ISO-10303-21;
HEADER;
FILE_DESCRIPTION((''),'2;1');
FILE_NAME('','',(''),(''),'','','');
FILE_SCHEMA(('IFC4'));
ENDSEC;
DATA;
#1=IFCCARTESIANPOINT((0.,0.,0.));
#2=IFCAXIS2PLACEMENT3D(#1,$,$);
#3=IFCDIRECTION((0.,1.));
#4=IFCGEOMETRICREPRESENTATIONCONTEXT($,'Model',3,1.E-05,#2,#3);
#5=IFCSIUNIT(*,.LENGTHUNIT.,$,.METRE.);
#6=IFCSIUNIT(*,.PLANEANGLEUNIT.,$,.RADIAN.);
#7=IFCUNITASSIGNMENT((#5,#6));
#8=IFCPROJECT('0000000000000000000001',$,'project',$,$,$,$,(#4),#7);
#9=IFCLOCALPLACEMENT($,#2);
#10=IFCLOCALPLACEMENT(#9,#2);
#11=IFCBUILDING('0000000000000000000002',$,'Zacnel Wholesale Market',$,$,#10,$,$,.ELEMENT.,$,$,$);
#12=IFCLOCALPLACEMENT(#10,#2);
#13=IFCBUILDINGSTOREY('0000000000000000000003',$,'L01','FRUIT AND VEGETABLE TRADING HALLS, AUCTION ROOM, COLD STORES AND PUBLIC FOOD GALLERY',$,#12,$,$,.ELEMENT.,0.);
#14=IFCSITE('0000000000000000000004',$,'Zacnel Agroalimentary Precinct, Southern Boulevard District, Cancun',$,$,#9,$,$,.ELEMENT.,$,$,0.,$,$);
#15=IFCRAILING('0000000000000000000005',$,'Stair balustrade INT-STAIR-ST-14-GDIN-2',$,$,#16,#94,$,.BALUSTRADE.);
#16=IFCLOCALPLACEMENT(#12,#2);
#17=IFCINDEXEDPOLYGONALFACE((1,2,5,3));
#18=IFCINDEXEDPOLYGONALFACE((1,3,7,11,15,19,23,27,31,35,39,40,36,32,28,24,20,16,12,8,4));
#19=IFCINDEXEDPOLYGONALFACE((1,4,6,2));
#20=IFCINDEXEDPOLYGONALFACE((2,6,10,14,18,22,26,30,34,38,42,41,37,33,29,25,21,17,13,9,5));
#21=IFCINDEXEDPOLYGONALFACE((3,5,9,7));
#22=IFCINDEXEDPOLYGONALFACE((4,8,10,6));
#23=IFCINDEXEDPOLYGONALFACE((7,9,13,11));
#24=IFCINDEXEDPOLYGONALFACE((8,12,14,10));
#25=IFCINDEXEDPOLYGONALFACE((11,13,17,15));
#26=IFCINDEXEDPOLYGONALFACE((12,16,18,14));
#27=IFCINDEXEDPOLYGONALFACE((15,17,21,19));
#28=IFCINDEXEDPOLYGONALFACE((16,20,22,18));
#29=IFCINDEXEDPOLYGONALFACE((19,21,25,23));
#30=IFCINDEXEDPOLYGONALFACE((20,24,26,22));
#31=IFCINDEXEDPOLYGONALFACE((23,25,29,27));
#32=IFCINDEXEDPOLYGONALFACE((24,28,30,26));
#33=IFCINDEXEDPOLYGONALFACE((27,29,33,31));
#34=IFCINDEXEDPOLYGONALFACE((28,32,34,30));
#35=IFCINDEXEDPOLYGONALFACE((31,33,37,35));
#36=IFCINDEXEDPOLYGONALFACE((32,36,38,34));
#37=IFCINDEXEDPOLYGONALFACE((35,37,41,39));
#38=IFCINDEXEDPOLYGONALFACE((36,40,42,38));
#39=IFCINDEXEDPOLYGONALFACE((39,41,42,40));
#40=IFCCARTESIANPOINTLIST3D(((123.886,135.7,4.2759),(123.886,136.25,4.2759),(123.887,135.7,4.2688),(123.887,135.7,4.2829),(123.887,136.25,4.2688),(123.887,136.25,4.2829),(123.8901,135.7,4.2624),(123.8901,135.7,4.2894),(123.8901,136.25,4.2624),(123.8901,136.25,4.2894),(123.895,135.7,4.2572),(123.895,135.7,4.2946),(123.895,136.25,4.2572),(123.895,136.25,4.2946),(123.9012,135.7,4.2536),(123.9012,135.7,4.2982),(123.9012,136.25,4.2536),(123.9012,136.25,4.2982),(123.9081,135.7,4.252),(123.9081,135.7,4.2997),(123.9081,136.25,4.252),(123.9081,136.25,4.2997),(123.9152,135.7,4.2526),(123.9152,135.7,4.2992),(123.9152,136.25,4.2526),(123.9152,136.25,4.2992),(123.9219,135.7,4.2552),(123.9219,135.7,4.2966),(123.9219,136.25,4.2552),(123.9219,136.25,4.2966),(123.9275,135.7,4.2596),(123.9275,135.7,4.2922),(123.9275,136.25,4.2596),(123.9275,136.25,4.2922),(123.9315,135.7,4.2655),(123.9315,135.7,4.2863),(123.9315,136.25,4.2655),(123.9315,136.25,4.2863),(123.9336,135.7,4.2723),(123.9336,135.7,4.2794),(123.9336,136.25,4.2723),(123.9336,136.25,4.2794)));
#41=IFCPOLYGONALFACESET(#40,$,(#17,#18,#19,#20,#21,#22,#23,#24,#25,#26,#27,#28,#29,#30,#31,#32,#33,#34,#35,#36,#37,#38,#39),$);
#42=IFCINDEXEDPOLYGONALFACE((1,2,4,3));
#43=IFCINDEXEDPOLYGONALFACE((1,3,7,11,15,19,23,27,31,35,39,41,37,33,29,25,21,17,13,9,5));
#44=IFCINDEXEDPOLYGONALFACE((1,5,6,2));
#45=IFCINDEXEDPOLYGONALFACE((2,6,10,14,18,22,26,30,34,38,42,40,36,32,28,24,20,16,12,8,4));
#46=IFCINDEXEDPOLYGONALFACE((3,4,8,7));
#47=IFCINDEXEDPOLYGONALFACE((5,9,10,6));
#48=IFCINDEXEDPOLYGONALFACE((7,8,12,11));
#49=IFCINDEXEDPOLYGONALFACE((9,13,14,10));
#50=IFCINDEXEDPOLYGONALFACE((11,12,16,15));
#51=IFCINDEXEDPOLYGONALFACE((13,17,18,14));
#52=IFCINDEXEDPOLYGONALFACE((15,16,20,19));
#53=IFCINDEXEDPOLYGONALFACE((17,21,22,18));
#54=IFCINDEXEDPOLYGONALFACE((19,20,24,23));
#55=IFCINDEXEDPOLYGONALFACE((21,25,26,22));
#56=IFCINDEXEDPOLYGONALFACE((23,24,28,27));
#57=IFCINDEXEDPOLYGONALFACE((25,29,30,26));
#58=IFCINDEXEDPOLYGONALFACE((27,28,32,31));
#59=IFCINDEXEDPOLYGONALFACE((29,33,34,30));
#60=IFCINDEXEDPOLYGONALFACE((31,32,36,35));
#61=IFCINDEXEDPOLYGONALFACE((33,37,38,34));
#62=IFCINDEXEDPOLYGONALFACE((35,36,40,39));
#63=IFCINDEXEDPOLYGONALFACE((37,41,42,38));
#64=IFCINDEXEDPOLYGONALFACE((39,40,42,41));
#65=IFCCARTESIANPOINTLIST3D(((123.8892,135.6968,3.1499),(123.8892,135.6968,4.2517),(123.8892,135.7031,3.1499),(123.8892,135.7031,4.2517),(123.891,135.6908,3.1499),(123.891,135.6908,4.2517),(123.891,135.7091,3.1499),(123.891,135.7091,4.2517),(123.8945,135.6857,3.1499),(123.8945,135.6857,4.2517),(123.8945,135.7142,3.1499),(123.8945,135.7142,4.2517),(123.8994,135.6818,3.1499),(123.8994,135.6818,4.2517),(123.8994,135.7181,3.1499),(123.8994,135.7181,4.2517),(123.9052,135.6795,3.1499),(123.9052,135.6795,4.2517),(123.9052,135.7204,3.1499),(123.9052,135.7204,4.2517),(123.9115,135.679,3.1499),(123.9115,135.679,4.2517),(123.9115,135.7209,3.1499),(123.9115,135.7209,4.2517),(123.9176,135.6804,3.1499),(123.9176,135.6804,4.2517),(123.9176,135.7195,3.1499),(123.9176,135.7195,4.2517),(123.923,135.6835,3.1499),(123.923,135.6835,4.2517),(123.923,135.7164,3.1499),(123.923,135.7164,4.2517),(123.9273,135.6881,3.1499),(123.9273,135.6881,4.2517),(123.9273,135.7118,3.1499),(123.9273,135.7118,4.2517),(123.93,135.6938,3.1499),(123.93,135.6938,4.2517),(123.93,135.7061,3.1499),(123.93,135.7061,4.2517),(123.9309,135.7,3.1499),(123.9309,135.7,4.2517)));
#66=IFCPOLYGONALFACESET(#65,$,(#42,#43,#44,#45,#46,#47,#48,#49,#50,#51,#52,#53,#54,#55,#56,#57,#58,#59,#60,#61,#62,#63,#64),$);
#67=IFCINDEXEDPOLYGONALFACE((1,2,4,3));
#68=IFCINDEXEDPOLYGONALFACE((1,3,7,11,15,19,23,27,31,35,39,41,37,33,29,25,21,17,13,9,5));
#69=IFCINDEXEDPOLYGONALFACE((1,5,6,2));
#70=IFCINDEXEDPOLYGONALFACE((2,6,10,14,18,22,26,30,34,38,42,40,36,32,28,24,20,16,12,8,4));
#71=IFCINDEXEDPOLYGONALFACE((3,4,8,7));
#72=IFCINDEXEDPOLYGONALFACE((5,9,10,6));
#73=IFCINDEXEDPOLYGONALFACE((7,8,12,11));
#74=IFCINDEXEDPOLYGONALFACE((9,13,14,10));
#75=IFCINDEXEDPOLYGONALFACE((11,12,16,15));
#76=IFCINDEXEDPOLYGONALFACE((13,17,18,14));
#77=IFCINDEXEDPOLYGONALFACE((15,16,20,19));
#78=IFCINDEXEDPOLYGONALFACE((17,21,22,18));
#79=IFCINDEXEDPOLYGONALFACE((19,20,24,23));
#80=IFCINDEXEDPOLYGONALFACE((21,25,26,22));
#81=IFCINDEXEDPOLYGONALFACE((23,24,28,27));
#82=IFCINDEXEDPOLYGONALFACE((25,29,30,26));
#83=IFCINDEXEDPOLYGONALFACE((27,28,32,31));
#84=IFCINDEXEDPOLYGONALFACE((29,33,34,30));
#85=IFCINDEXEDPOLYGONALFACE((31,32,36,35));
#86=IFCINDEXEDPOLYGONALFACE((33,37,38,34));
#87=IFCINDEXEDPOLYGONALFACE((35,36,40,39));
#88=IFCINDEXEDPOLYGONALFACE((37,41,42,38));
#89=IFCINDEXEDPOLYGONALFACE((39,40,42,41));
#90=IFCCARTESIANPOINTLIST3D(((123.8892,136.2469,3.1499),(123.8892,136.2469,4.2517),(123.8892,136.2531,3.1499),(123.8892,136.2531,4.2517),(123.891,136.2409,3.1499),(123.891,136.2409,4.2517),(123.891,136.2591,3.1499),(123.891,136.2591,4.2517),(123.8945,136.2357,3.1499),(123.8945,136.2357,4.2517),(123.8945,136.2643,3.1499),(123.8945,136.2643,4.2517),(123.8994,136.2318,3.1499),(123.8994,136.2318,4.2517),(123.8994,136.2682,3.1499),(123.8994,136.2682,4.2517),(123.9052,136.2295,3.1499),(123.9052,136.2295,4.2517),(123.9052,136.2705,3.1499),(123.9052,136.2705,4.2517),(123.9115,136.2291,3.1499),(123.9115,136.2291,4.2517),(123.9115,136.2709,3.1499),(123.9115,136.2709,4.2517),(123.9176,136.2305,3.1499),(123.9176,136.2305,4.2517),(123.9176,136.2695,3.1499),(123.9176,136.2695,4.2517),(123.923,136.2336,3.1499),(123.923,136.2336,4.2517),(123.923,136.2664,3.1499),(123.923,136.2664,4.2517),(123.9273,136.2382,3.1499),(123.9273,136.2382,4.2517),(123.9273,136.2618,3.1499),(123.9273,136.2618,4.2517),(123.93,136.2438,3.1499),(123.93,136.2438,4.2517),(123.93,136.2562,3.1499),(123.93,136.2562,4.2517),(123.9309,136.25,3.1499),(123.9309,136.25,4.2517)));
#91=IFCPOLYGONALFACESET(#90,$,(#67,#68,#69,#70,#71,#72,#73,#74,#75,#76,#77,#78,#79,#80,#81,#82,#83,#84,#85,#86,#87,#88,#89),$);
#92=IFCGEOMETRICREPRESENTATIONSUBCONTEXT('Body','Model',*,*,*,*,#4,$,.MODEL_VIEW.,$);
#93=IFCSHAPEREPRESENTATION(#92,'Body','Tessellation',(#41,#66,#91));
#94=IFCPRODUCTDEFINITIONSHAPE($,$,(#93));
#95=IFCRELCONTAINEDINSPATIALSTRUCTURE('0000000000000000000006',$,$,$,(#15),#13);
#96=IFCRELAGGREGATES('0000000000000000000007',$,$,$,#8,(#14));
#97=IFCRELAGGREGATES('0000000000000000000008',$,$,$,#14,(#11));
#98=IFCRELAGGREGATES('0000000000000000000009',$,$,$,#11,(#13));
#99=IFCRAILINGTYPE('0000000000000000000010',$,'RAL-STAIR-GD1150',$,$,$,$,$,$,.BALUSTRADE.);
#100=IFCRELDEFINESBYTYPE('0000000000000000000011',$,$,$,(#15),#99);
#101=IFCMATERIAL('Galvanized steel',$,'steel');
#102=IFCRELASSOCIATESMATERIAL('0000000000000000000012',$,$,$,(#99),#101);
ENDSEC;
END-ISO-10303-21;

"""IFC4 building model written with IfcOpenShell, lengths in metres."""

from ifc_helpers import new_model, si_unit, direction, frame, origin, origin_2d, place, context, subcontext, project, spatial, circle, extrude, material, type_object, element, save


model = new_model("IFC4")

# Units and contexts
model_context = context("Model", 3, precision=1e-05, world=origin(), true_north=direction((0.0, 1.0)))
body_context = subcontext(model_context, "Body", "Model", "MODEL_VIEW")
ifc_project = project(units=[si_unit("LENGTHUNIT", "METRE"), si_unit("PLANEANGLEUNIT", "RADIAN")], contexts=[model_context])

# Site, building, storey
site_placement = place(None, origin())
site = spatial("IfcSite", under=ifc_project, at=site_placement, Name="Zacnel Agroalimentary Precinct, Southern Boulevard District, Cancun", CompositionType="ELEMENT", RefElevation=0.0)
building_placement = place(site_placement, origin())
building = spatial("IfcBuilding", under=site, at=building_placement, Name="Zacnel Wholesale Market", CompositionType="ELEMENT")
storey_placement = place(building_placement, origin())
storey = spatial("IfcBuildingStorey", under=building, at=storey_placement, Name="L01", Description="FRUIT AND VEGETABLE TRADING HALLS, AUCTION ROOM, COLD STORES AND PUBLIC FOOD GALLERY", CompositionType="ELEMENT", Elevation=0.0)

# Railing
ifc_material_1 = material(Name="Galvanized steel", Category="steel")
railing_type_1 = type_object("IfcRailingType", Name="RAL-STAIR-GD1150", PredefinedType="BALUSTRADE", material=ifc_material_1)
railing_1_placement = place(storey_placement, frame((123.9099, 135.7, 3.1499)))
element("IfcRailing", 1, at=railing_1_placement, inside=storey, type_object=railing_type_1, Name="Stair balustrade INT-STAIR-ST-14-GDIN-2", PredefinedType="BALUSTRADE", context=body_context, shape_type="SweptSolid", body=[
    extrude(circle(Radius=0.0239, at=origin_2d()), frame((0.0, 0.0, 1.126), z_axis=(0.0, 1.0, 0.0), x_axis=(-1.0, 0.0, 0.0)), (0.0, 0.0, 1.0), 0.55),
    extrude(circle(Radius=0.021, at=origin_2d()), origin(), (0.0, 0.0, 1.0), 1.1018),
    extrude(circle(Radius=0.021, at=origin_2d()), frame((0.0, 0.55, 0.0)), (0.0, 0.0, 1.0), 1.1018),
])

save(model, "model.ifc")
